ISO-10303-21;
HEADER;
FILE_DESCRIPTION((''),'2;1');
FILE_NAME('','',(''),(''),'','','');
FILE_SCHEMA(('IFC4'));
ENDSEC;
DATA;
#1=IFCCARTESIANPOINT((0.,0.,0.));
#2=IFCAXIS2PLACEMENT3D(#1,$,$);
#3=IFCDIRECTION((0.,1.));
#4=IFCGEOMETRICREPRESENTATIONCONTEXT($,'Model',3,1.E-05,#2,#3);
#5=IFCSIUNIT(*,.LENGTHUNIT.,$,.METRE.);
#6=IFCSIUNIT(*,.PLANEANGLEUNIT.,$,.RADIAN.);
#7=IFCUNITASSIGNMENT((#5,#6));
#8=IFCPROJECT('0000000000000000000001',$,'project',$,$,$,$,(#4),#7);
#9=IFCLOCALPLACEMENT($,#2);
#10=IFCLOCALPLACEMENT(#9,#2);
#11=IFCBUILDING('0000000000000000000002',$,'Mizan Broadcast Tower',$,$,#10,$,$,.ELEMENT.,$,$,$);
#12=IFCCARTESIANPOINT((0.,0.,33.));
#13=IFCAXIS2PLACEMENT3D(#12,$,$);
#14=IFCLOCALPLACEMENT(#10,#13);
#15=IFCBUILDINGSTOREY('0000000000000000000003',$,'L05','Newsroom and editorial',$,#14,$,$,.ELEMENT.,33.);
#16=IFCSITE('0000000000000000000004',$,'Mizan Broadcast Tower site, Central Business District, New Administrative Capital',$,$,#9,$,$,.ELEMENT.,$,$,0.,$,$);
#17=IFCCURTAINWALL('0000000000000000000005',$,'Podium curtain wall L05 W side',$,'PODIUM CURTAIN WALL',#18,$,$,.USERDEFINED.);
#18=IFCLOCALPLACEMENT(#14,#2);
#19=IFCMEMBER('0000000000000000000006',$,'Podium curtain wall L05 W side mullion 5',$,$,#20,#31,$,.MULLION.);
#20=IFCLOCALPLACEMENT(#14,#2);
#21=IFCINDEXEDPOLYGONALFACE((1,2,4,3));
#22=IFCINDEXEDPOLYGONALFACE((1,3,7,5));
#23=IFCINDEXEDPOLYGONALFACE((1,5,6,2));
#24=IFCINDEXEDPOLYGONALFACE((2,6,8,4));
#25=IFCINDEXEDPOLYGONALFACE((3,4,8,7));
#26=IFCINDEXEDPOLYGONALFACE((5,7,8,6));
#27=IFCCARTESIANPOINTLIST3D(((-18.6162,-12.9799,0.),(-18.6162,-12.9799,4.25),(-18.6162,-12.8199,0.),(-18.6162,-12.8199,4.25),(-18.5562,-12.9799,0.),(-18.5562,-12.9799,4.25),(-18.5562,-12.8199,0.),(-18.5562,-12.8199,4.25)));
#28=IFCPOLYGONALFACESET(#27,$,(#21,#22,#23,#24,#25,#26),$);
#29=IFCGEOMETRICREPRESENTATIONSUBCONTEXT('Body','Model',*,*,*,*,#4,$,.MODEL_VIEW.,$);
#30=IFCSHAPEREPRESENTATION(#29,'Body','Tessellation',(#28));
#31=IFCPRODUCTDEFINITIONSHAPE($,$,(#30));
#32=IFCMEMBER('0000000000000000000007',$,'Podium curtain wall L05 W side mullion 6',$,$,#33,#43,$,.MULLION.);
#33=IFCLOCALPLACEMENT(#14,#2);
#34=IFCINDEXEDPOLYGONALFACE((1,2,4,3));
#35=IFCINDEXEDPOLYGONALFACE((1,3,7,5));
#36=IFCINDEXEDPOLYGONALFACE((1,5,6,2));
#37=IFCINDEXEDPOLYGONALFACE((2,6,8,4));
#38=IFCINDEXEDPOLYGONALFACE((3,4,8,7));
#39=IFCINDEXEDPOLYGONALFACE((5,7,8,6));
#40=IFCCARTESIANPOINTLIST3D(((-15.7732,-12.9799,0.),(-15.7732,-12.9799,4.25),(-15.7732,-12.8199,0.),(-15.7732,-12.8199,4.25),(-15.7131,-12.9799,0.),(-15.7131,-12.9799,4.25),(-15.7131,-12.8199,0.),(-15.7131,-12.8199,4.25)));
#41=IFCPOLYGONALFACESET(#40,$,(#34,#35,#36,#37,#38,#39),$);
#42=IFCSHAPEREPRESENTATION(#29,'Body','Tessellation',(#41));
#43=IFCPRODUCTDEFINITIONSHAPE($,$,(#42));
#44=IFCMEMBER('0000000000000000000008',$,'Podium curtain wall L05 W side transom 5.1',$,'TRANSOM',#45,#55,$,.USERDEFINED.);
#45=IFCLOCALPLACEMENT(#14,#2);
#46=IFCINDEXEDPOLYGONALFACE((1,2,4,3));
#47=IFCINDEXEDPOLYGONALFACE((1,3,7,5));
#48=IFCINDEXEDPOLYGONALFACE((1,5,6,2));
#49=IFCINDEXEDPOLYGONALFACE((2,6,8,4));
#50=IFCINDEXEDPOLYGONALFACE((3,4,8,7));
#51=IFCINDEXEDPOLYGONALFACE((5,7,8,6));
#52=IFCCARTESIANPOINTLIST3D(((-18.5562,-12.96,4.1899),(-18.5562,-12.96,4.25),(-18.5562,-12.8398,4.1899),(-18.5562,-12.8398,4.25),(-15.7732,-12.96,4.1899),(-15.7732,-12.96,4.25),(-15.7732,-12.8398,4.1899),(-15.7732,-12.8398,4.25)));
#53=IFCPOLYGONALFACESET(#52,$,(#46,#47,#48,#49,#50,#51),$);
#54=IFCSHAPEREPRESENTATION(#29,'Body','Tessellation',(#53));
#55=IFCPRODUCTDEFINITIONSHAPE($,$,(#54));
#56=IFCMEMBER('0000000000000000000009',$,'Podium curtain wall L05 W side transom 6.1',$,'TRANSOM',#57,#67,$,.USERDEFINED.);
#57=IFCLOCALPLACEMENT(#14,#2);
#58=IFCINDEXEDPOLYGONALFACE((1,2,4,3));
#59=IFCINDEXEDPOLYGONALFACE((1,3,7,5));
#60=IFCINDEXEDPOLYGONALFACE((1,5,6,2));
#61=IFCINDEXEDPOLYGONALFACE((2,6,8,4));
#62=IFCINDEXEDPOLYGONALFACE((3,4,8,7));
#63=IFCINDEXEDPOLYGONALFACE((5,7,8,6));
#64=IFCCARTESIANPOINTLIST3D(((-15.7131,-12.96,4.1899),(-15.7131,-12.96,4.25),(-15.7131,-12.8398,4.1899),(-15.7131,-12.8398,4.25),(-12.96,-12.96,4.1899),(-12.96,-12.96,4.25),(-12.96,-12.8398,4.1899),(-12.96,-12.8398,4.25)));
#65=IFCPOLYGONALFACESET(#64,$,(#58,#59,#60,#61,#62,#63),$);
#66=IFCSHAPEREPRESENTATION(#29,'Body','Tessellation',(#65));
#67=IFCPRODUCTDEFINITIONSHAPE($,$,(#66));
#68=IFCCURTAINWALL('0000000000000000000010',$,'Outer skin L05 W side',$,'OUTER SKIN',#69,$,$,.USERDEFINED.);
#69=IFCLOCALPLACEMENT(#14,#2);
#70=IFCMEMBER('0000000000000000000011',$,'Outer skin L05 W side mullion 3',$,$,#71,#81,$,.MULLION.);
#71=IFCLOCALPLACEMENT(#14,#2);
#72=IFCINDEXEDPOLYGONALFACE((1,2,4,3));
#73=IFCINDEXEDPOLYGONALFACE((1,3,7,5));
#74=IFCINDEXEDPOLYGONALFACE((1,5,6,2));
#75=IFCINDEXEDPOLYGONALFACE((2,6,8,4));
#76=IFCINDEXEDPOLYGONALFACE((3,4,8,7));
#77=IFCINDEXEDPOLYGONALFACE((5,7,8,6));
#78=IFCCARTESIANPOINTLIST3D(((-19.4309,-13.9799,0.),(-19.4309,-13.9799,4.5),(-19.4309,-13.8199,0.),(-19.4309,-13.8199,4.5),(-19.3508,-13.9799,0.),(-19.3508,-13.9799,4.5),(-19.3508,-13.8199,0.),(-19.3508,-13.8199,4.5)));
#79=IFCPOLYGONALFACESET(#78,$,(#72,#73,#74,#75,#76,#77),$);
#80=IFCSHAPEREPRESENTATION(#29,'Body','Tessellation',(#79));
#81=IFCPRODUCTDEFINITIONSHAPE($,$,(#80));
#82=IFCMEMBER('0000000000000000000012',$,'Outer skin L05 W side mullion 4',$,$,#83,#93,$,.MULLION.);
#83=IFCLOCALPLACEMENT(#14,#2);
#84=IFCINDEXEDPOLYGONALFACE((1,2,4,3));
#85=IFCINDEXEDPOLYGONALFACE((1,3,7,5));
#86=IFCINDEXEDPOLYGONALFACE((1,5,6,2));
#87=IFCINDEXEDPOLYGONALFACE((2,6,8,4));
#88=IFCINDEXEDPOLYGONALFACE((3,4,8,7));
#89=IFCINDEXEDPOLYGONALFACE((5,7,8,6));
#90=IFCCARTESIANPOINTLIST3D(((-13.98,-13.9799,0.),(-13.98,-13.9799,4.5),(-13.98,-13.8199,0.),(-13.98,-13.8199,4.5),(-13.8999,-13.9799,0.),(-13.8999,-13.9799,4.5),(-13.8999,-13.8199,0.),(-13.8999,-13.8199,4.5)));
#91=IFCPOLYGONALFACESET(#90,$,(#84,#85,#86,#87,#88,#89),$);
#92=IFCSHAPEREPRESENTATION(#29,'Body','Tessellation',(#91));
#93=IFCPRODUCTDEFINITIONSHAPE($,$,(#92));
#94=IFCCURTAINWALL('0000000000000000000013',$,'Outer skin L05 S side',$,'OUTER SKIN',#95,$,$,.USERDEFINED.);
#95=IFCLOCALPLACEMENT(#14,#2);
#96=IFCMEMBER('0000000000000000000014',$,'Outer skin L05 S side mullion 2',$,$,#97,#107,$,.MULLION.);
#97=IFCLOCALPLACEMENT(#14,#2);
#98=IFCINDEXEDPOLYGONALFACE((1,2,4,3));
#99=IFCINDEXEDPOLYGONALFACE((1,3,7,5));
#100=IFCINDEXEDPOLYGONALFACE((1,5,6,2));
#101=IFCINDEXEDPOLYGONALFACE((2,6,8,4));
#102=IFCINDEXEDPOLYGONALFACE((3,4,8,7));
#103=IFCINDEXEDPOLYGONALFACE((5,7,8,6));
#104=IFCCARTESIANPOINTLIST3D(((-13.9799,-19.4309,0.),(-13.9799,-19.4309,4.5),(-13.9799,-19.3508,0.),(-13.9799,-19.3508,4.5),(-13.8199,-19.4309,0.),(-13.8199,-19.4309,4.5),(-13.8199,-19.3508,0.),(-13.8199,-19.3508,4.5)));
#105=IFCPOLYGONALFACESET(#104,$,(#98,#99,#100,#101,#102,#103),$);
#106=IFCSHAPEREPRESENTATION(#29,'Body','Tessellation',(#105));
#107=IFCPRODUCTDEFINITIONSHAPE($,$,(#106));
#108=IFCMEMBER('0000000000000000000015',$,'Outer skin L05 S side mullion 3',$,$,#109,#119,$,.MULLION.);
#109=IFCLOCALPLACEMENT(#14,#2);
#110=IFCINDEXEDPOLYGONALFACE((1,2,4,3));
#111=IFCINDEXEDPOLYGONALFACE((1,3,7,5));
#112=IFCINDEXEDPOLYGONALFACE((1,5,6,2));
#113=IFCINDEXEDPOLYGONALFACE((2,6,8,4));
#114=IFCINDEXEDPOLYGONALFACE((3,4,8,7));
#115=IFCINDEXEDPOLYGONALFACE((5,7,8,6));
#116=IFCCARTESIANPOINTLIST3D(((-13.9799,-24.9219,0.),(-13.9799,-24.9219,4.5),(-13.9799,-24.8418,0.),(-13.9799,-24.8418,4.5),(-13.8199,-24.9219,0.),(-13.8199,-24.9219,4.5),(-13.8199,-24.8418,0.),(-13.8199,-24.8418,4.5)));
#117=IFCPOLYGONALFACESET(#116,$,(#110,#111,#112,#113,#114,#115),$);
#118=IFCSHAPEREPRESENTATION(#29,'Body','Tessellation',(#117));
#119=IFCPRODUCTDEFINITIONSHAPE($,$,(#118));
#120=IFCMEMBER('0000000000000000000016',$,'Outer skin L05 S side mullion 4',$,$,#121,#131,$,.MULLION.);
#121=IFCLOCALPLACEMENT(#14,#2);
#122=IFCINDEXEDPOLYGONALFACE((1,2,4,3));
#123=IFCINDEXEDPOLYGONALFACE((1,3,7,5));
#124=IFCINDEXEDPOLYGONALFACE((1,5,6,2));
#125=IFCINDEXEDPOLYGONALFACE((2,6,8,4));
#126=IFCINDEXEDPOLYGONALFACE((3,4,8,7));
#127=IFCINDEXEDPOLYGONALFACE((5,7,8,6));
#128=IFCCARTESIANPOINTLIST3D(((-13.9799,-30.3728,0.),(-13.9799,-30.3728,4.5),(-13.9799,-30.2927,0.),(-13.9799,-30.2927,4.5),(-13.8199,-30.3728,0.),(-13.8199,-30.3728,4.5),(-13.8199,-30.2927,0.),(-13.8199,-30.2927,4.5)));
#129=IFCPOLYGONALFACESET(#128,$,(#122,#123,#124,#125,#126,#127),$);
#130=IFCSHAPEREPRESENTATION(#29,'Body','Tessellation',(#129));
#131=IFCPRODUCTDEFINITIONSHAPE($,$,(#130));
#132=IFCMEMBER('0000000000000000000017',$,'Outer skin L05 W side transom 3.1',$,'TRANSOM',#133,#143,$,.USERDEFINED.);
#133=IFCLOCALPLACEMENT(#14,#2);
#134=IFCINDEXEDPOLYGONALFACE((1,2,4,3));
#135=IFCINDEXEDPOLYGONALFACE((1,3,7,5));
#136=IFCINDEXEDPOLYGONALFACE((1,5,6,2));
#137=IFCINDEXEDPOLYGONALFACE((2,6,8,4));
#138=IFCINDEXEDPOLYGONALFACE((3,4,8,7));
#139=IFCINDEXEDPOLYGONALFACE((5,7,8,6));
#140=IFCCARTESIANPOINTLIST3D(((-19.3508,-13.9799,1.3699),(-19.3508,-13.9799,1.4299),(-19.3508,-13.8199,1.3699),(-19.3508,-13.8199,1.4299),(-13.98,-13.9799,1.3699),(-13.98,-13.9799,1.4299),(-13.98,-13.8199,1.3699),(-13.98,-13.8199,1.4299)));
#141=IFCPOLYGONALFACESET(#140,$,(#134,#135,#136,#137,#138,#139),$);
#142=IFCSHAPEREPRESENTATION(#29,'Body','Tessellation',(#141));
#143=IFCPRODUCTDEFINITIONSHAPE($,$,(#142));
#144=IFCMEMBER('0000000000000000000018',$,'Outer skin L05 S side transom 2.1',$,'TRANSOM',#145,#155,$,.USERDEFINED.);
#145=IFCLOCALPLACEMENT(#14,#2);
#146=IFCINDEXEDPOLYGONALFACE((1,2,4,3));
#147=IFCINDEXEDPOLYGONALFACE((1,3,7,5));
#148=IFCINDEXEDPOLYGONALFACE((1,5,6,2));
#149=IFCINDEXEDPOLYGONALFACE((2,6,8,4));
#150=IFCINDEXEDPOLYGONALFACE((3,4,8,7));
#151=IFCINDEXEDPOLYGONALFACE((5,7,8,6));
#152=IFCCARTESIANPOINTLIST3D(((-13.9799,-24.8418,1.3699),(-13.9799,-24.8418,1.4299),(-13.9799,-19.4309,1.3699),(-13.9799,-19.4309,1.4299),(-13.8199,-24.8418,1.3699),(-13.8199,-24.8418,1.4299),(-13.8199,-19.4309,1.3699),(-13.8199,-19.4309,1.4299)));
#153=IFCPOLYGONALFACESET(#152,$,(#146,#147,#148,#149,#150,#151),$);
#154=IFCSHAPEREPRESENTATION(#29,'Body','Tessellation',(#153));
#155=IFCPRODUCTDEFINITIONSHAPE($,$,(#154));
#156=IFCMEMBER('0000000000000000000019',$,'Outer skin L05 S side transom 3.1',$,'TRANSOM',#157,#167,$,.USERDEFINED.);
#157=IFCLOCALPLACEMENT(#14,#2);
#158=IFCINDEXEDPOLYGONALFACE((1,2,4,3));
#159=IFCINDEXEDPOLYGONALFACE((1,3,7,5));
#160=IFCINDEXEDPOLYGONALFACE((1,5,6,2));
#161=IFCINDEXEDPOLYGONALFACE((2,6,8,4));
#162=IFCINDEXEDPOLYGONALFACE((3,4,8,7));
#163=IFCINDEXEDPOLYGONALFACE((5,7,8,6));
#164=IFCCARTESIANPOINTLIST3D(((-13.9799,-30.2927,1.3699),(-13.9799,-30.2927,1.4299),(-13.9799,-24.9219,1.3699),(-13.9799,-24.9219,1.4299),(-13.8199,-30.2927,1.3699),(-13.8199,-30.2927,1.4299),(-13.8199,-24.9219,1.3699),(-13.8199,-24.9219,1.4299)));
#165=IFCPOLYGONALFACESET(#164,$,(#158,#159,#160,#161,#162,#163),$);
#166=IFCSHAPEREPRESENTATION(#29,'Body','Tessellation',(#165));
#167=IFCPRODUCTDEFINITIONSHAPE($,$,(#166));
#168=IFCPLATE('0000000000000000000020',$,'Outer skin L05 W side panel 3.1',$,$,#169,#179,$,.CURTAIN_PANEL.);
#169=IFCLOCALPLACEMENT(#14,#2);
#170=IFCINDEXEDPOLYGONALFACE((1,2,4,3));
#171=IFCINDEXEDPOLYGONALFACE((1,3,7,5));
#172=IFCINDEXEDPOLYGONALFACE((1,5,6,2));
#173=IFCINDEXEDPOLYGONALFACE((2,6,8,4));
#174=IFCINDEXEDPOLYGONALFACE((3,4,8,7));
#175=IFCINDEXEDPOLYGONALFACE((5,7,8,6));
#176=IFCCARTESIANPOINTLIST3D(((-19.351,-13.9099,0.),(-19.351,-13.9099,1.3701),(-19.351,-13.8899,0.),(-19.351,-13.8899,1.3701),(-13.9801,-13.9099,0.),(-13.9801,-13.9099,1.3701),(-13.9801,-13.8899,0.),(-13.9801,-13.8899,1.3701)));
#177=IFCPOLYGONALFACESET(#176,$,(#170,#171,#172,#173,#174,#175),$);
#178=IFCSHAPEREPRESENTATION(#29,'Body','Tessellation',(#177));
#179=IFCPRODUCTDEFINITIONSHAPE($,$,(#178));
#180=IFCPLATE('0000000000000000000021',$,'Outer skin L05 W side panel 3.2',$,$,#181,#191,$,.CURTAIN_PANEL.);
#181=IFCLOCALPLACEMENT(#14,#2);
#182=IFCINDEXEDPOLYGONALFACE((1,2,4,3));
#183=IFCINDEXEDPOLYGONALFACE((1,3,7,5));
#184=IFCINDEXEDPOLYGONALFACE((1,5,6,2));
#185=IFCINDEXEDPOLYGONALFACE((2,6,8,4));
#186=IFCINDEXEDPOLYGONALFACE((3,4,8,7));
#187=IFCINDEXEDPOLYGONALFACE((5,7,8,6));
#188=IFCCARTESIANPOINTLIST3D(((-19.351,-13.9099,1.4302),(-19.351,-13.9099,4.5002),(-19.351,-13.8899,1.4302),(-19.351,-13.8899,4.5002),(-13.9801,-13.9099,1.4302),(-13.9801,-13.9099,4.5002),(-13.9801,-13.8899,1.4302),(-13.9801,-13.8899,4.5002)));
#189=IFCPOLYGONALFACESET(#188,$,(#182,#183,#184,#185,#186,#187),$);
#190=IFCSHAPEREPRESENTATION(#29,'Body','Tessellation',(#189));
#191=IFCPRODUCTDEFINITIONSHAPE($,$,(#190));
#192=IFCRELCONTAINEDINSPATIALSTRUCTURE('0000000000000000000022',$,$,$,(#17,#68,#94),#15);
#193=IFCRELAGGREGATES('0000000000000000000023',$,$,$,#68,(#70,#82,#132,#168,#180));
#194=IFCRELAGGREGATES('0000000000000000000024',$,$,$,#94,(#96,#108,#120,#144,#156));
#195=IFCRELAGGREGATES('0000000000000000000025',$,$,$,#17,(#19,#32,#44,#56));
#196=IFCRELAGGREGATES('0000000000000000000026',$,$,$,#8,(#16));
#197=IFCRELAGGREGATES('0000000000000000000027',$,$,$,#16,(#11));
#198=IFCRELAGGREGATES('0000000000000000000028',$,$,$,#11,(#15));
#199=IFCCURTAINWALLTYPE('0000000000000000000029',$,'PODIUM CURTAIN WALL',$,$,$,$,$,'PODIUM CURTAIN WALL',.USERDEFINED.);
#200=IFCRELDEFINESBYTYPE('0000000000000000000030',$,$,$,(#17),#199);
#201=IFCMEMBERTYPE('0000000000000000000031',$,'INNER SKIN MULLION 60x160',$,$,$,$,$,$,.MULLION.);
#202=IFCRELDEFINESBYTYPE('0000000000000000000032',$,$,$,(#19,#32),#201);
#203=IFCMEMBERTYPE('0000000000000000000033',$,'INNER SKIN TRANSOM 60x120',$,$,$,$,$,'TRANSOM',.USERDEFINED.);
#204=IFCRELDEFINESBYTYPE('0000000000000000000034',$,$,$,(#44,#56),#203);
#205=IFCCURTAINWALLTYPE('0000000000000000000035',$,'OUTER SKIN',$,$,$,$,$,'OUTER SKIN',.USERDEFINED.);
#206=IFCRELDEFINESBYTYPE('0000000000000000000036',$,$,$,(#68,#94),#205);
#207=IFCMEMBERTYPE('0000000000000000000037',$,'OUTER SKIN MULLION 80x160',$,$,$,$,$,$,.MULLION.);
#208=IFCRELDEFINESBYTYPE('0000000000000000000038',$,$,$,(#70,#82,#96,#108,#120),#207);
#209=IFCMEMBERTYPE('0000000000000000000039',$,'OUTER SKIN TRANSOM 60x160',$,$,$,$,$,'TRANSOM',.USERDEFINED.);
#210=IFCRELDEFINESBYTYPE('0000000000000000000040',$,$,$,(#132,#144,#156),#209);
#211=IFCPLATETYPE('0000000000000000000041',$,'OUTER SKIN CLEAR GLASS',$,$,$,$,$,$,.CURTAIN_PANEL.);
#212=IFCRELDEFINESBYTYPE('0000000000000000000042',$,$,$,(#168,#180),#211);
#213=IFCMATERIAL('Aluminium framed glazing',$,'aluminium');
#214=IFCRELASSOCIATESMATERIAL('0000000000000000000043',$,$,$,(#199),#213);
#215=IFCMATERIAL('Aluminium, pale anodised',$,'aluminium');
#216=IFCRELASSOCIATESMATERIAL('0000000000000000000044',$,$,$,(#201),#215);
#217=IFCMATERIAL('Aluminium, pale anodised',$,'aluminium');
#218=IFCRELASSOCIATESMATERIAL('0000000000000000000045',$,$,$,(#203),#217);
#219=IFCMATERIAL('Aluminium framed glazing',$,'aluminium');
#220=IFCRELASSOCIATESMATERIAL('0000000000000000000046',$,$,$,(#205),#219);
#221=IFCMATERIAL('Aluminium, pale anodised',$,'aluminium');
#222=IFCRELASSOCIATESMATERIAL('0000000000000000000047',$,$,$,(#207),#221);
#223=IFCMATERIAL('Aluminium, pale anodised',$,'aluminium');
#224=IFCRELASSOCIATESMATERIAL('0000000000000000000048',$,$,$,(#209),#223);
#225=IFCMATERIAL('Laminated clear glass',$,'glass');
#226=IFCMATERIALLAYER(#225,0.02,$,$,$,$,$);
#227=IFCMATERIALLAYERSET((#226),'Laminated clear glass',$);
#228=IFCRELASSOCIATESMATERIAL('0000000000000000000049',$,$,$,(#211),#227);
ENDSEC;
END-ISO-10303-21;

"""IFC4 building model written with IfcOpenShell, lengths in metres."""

from ifc_helpers import new_model, si_unit, direction, frame, origin, origin_2d, place, context, subcontext, project, spatial, rectangle, extrude, material, layer, layer_set, material_profile, profile_set, type_object, element, aggregate, save


model = new_model("IFC4")

# Units and contexts
model_context = context("Model", 3, precision=1e-05, world=origin(), true_north=direction((0.0, 1.0)))
body_context = subcontext(model_context, "Body", "Model", "MODEL_VIEW")
ifc_project = project(units=[si_unit("LENGTHUNIT", "METRE"), si_unit("PLANEANGLEUNIT", "RADIAN")], contexts=[model_context])

# Site, building, storey
site_placement = place(None, origin())
site = spatial("IfcSite", under=ifc_project, at=site_placement, Name="Mizan Broadcast Tower site, Central Business District, New Administrative Capital", CompositionType="ELEMENT", RefElevation=0.0)
building_placement = place(site_placement, origin())
building = spatial("IfcBuilding", under=site, at=building_placement, Name="Mizan Broadcast Tower", CompositionType="ELEMENT")
storey_placement = place(building_placement, frame((0.0, 0.0, 33.0)))
storey = spatial("IfcBuildingStorey", under=building, at=storey_placement, Name="L05", Description="Newsroom and editorial", CompositionType="ELEMENT", Elevation=33.0)

# Curtain walls, members
ifc_material_1 = material(Name="Aluminium framed glazing", Category="aluminium")
curtain_wall_type_1 = type_object("IfcCurtainWallType", Name="PODIUM CURTAIN WALL", ElementType="PODIUM CURTAIN WALL", PredefinedType="USERDEFINED", material=ifc_material_1)
curtain_wall_1_placement = place(storey_placement, origin())
curtain_wall_1 = element("IfcCurtainWall", 1, at=curtain_wall_1_placement, inside=storey, type_object=curtain_wall_type_1, Name="Podium curtain wall L05 W side", ObjectType="PODIUM CURTAIN WALL", PredefinedType="USERDEFINED")
ifc_material_2 = material(Name="Aluminium, pale anodised", Category="aluminium")
ifc_material_profile_1 = material_profile(ifc_material_2, rectangle(XDim=0.1599, YDim=0.0601, at=origin_2d()), Name="MULLION 160x60")
ifc_profile_set_1 = profile_set([ifc_material_profile_1], Name="Aluminium, pale anodised")
member_type_1 = type_object("IfcMemberType", Name="INNER SKIN MULLION 60x160", PredefinedType="MULLION", material=ifc_profile_set_1)
member_1_placement = place(storey_placement, frame((-18.5862, -12.8999, 0.0), z_axis=(0.0, 0.0, 1.0), x_axis=(0.0, 1.0, 0.0)))
member_1 = element("IfcMember", 2, at=member_1_placement, type_object=member_type_1, Name="Podium curtain wall L05 W side mullion 5", PredefinedType="MULLION", context=body_context, shape_type="SweptSolid", body=[
    extrude(rectangle(XDim=0.1599, YDim=0.0601, at=origin_2d()), origin(), (0.0, 0.0, 1.0), 4.25),
])
member_2_placement = place(storey_placement, frame((-15.7432, -12.8999, 0.0), z_axis=(0.0, 0.0, 1.0), x_axis=(0.0, 1.0, 0.0)))
member_2 = element("IfcMember", 3, at=member_2_placement, type_object=member_type_1, Name="Podium curtain wall L05 W side mullion 6", PredefinedType="MULLION", context=body_context, shape_type="SweptSolid", body=[
    extrude(rectangle(XDim=0.1599, YDim=0.0601, at=origin_2d()), origin(), (0.0, 0.0, 1.0), 4.25),
])
ifc_material_3 = material(Name="Aluminium, pale anodised", Category="aluminium")
ifc_material_profile_2 = material_profile(ifc_material_3, rectangle(XDim=0.1201, YDim=0.0601, at=origin_2d()), Name="TRANSOM 120x60")
ifc_profile_set_2 = profile_set([ifc_material_profile_2], Name="Aluminium, pale anodised")
member_type_2 = type_object("IfcMemberType", Name="INNER SKIN TRANSOM 60x120", ElementType="TRANSOM", PredefinedType="USERDEFINED", material=ifc_profile_set_2)
member_3_placement = place(storey_placement, frame((-18.5562, -12.8999, 4.22), z_axis=(1.0, 0.0, 0.0), x_axis=(0.0, 1.0, 0.0)))
member_3 = element("IfcMember", 4, at=member_3_placement, type_object=member_type_2, Name="Podium curtain wall L05 W side transom 5.1", ObjectType="TRANSOM", PredefinedType="USERDEFINED", context=body_context, shape_type="SweptSolid", body=[
    extrude(rectangle(XDim=0.1201, YDim=0.0601, at=origin_2d()), origin(), (0.0, 0.0, 1.0), 2.783),
])
member_4_placement = place(storey_placement, frame((-15.7131, -12.8999, 4.22), z_axis=(1.0, 0.0, 0.0), x_axis=(0.0, 1.0, 0.0)))
member_4 = element("IfcMember", 5, at=member_4_placement, type_object=member_type_2, Name="Podium curtain wall L05 W side transom 6.1", ObjectType="TRANSOM", PredefinedType="USERDEFINED", context=body_context, shape_type="SweptSolid", body=[
    extrude(rectangle(XDim=0.1201, YDim=0.0601, at=origin_2d()), origin(), (0.0, 0.0, 1.0), 2.7532),
])
ifc_material_4 = material(Name="Aluminium framed glazing", Category="aluminium")
curtain_wall_type_2 = type_object("IfcCurtainWallType", Name="OUTER SKIN", ElementType="OUTER SKIN", PredefinedType="USERDEFINED", material=ifc_material_4)
curtain_wall_2_placement = place(storey_placement, origin())
curtain_wall_2 = element("IfcCurtainWall", 6, at=curtain_wall_2_placement, inside=storey, type_object=curtain_wall_type_2, Name="Outer skin L05 W side", ObjectType="OUTER SKIN", PredefinedType="USERDEFINED")
ifc_material_5 = material(Name="Aluminium, pale anodised", Category="aluminium")
ifc_material_profile_3 = material_profile(ifc_material_5, rectangle(XDim=0.1599, YDim=0.0801, at=origin_2d()), Name="MULLION 160x80")
ifc_profile_set_3 = profile_set([ifc_material_profile_3], Name="Aluminium, pale anodised")
member_type_3 = type_object("IfcMemberType", Name="OUTER SKIN MULLION 80x160", PredefinedType="MULLION", material=ifc_profile_set_3)
member_5_placement = place(storey_placement, frame((-19.3909, -13.8999, 0.0), z_axis=(0.0, 0.0, 1.0), x_axis=(0.0, 1.0, 0.0)))
member_5 = element("IfcMember", 7, at=member_5_placement, type_object=member_type_3, Name="Outer skin L05 W side mullion 3", PredefinedType="MULLION", context=body_context, shape_type="SweptSolid", body=[
    extrude(rectangle(XDim=0.1599, YDim=0.0801, at=origin_2d()), origin(), (0.0, 0.0, 1.0), 4.5),
])
member_6_placement = place(storey_placement, frame((-13.9399, -13.8999, 0.0), z_axis=(0.0, 0.0, 1.0), x_axis=(0.0, 1.0, 0.0)))
member_6 = element("IfcMember", 8, at=member_6_placement, type_object=member_type_3, Name="Outer skin L05 W side mullion 4", PredefinedType="MULLION", context=body_context, shape_type="SweptSolid", body=[
    extrude(rectangle(XDim=0.1599, YDim=0.0801, at=origin_2d()), origin(), (0.0, 0.0, 1.0), 4.5),
])
curtain_wall_3_placement = place(storey_placement, origin())
curtain_wall_3 = element("IfcCurtainWall", 9, at=curtain_wall_3_placement, inside=storey, type_object=curtain_wall_type_2, Name="Outer skin L05 S side", ObjectType="OUTER SKIN", PredefinedType="USERDEFINED")
member_7_placement = place(storey_placement, frame((-13.8999, -19.3909, 0.0), z_axis=(0.0, 0.0, 1.0), x_axis=(1.0, 0.0, 0.0)))
member_7 = element("IfcMember", 10, at=member_7_placement, type_object=member_type_3, Name="Outer skin L05 S side mullion 2", PredefinedType="MULLION", context=body_context, shape_type="SweptSolid", body=[
    extrude(rectangle(XDim=0.1599, YDim=0.0801, at=origin_2d()), origin(), (0.0, 0.0, 1.0), 4.5),
])
member_8_placement = place(storey_placement, frame((-13.8999, -24.8818, 0.0), z_axis=(0.0, 0.0, 1.0), x_axis=(1.0, 0.0, 0.0)))
member_8 = element("IfcMember", 11, at=member_8_placement, type_object=member_type_3, Name="Outer skin L05 S side mullion 3", PredefinedType="MULLION", context=body_context, shape_type="SweptSolid", body=[
    extrude(rectangle(XDim=0.1599, YDim=0.0801, at=origin_2d()), origin(), (0.0, 0.0, 1.0), 4.5),
])
member_9_placement = place(storey_placement, frame((-13.8999, -30.3328, 0.0), z_axis=(0.0, 0.0, 1.0), x_axis=(1.0, 0.0, 0.0)))
member_9 = element("IfcMember", 12, at=member_9_placement, type_object=member_type_3, Name="Outer skin L05 S side mullion 4", PredefinedType="MULLION", context=body_context, shape_type="SweptSolid", body=[
    extrude(rectangle(XDim=0.1599, YDim=0.0801, at=origin_2d()), origin(), (0.0, 0.0, 1.0), 4.5),
])

# Members
ifc_material_6 = material(Name="Aluminium, pale anodised", Category="aluminium")
ifc_material_profile_4 = material_profile(ifc_material_6, rectangle(XDim=0.1599, YDim=0.0601, at=origin_2d()), Name="TRANSOM 160x60")
ifc_profile_set_4 = profile_set([ifc_material_profile_4], Name="Aluminium, pale anodised")
member_type_4 = type_object("IfcMemberType", Name="OUTER SKIN TRANSOM 60x160", ElementType="TRANSOM", PredefinedType="USERDEFINED", material=ifc_profile_set_4)
member_10_placement = place(storey_placement, frame((-19.3508, -13.8999, 1.3999), z_axis=(1.0, 0.0, 0.0), x_axis=(0.0, 1.0, 0.0)))
member_10 = element("IfcMember", 13, at=member_10_placement, type_object=member_type_4, Name="Outer skin L05 W side transom 3.1", ObjectType="TRANSOM", PredefinedType="USERDEFINED", context=body_context, shape_type="SweptSolid", body=[
    extrude(rectangle(XDim=0.1599, YDim=0.0601, at=origin_2d()), origin(), (0.0, 0.0, 1.0), 5.3708),
])
member_11_placement = place(storey_placement, frame((-13.8999, -19.4309, 1.3999), z_axis=(0.0, -1.0, 0.0), x_axis=(1.0, 0.0, 0.0)))
member_11 = element("IfcMember", 14, at=member_11_placement, type_object=member_type_4, Name="Outer skin L05 S side transom 2.1", ObjectType="TRANSOM", PredefinedType="USERDEFINED", context=body_context, shape_type="SweptSolid", body=[
    extrude(rectangle(XDim=0.1599, YDim=0.0601, at=origin_2d()), origin(), (0.0, 0.0, 1.0), 5.4109),
])
member_12_placement = place(storey_placement, frame((-13.8999, -24.9219, 1.3999), z_axis=(0.0, -1.0, 0.0), x_axis=(1.0, 0.0, 0.0)))
member_12 = element("IfcMember", 15, at=member_12_placement, type_object=member_type_4, Name="Outer skin L05 S side transom 3.1", ObjectType="TRANSOM", PredefinedType="USERDEFINED", context=body_context, shape_type="SweptSolid", body=[
    extrude(rectangle(XDim=0.1599, YDim=0.0601, at=origin_2d()), origin(), (0.0, 0.0, 1.0), 5.3708),
])

# Plates
ifc_material_7 = material(Name="Laminated clear glass", Category="glass")
ifc_layer_1 = layer(ifc_material_7, 0.02)
ifc_layer_set_1 = layer_set([ifc_layer_1], Name="Laminated clear glass")
plate_type_1 = type_object("IfcPlateType", Name="OUTER SKIN CLEAR GLASS", PredefinedType="CURTAIN_PANEL", material=ifc_layer_set_1)
plate_1_placement = place(storey_placement, frame((-16.6655, -13.8999, 0.0), z_axis=(0.0, 0.0, 1.0), x_axis=(1.0, 0.0, 0.0)))
plate_1 = element("IfcPlate", 16, at=plate_1_placement, type_object=plate_type_1, Name="Outer skin L05 W side panel 3.1", PredefinedType="CURTAIN_PANEL", context=body_context, shape_type="SweptSolid", body=[
    extrude(rectangle(XDim=5.3708, YDim=0.02, at=origin_2d()), origin(), (0.0, 0.0, 1.0), 1.3701),
])
plate_2_placement = place(storey_placement, frame((-16.6655, -13.8999, 1.4302), z_axis=(0.0, 0.0, 1.0), x_axis=(1.0, 0.0, 0.0)))
plate_2 = element("IfcPlate", 17, at=plate_2_placement, type_object=plate_type_1, Name="Outer skin L05 W side panel 3.2", PredefinedType="CURTAIN_PANEL", context=body_context, shape_type="SweptSolid", body=[
    extrude(rectangle(XDim=5.3708, YDim=0.02, at=origin_2d()), origin(), (0.0, 0.0, 1.0), 3.0701),
])
aggregate(curtain_wall_2, [member_5, member_6, member_10, plate_1, plate_2])
aggregate(curtain_wall_3, [member_7, member_8, member_9, member_11, member_12])
aggregate(curtain_wall_1, [member_1, member_2, member_3, member_4])

save(model, "model.ifc")
